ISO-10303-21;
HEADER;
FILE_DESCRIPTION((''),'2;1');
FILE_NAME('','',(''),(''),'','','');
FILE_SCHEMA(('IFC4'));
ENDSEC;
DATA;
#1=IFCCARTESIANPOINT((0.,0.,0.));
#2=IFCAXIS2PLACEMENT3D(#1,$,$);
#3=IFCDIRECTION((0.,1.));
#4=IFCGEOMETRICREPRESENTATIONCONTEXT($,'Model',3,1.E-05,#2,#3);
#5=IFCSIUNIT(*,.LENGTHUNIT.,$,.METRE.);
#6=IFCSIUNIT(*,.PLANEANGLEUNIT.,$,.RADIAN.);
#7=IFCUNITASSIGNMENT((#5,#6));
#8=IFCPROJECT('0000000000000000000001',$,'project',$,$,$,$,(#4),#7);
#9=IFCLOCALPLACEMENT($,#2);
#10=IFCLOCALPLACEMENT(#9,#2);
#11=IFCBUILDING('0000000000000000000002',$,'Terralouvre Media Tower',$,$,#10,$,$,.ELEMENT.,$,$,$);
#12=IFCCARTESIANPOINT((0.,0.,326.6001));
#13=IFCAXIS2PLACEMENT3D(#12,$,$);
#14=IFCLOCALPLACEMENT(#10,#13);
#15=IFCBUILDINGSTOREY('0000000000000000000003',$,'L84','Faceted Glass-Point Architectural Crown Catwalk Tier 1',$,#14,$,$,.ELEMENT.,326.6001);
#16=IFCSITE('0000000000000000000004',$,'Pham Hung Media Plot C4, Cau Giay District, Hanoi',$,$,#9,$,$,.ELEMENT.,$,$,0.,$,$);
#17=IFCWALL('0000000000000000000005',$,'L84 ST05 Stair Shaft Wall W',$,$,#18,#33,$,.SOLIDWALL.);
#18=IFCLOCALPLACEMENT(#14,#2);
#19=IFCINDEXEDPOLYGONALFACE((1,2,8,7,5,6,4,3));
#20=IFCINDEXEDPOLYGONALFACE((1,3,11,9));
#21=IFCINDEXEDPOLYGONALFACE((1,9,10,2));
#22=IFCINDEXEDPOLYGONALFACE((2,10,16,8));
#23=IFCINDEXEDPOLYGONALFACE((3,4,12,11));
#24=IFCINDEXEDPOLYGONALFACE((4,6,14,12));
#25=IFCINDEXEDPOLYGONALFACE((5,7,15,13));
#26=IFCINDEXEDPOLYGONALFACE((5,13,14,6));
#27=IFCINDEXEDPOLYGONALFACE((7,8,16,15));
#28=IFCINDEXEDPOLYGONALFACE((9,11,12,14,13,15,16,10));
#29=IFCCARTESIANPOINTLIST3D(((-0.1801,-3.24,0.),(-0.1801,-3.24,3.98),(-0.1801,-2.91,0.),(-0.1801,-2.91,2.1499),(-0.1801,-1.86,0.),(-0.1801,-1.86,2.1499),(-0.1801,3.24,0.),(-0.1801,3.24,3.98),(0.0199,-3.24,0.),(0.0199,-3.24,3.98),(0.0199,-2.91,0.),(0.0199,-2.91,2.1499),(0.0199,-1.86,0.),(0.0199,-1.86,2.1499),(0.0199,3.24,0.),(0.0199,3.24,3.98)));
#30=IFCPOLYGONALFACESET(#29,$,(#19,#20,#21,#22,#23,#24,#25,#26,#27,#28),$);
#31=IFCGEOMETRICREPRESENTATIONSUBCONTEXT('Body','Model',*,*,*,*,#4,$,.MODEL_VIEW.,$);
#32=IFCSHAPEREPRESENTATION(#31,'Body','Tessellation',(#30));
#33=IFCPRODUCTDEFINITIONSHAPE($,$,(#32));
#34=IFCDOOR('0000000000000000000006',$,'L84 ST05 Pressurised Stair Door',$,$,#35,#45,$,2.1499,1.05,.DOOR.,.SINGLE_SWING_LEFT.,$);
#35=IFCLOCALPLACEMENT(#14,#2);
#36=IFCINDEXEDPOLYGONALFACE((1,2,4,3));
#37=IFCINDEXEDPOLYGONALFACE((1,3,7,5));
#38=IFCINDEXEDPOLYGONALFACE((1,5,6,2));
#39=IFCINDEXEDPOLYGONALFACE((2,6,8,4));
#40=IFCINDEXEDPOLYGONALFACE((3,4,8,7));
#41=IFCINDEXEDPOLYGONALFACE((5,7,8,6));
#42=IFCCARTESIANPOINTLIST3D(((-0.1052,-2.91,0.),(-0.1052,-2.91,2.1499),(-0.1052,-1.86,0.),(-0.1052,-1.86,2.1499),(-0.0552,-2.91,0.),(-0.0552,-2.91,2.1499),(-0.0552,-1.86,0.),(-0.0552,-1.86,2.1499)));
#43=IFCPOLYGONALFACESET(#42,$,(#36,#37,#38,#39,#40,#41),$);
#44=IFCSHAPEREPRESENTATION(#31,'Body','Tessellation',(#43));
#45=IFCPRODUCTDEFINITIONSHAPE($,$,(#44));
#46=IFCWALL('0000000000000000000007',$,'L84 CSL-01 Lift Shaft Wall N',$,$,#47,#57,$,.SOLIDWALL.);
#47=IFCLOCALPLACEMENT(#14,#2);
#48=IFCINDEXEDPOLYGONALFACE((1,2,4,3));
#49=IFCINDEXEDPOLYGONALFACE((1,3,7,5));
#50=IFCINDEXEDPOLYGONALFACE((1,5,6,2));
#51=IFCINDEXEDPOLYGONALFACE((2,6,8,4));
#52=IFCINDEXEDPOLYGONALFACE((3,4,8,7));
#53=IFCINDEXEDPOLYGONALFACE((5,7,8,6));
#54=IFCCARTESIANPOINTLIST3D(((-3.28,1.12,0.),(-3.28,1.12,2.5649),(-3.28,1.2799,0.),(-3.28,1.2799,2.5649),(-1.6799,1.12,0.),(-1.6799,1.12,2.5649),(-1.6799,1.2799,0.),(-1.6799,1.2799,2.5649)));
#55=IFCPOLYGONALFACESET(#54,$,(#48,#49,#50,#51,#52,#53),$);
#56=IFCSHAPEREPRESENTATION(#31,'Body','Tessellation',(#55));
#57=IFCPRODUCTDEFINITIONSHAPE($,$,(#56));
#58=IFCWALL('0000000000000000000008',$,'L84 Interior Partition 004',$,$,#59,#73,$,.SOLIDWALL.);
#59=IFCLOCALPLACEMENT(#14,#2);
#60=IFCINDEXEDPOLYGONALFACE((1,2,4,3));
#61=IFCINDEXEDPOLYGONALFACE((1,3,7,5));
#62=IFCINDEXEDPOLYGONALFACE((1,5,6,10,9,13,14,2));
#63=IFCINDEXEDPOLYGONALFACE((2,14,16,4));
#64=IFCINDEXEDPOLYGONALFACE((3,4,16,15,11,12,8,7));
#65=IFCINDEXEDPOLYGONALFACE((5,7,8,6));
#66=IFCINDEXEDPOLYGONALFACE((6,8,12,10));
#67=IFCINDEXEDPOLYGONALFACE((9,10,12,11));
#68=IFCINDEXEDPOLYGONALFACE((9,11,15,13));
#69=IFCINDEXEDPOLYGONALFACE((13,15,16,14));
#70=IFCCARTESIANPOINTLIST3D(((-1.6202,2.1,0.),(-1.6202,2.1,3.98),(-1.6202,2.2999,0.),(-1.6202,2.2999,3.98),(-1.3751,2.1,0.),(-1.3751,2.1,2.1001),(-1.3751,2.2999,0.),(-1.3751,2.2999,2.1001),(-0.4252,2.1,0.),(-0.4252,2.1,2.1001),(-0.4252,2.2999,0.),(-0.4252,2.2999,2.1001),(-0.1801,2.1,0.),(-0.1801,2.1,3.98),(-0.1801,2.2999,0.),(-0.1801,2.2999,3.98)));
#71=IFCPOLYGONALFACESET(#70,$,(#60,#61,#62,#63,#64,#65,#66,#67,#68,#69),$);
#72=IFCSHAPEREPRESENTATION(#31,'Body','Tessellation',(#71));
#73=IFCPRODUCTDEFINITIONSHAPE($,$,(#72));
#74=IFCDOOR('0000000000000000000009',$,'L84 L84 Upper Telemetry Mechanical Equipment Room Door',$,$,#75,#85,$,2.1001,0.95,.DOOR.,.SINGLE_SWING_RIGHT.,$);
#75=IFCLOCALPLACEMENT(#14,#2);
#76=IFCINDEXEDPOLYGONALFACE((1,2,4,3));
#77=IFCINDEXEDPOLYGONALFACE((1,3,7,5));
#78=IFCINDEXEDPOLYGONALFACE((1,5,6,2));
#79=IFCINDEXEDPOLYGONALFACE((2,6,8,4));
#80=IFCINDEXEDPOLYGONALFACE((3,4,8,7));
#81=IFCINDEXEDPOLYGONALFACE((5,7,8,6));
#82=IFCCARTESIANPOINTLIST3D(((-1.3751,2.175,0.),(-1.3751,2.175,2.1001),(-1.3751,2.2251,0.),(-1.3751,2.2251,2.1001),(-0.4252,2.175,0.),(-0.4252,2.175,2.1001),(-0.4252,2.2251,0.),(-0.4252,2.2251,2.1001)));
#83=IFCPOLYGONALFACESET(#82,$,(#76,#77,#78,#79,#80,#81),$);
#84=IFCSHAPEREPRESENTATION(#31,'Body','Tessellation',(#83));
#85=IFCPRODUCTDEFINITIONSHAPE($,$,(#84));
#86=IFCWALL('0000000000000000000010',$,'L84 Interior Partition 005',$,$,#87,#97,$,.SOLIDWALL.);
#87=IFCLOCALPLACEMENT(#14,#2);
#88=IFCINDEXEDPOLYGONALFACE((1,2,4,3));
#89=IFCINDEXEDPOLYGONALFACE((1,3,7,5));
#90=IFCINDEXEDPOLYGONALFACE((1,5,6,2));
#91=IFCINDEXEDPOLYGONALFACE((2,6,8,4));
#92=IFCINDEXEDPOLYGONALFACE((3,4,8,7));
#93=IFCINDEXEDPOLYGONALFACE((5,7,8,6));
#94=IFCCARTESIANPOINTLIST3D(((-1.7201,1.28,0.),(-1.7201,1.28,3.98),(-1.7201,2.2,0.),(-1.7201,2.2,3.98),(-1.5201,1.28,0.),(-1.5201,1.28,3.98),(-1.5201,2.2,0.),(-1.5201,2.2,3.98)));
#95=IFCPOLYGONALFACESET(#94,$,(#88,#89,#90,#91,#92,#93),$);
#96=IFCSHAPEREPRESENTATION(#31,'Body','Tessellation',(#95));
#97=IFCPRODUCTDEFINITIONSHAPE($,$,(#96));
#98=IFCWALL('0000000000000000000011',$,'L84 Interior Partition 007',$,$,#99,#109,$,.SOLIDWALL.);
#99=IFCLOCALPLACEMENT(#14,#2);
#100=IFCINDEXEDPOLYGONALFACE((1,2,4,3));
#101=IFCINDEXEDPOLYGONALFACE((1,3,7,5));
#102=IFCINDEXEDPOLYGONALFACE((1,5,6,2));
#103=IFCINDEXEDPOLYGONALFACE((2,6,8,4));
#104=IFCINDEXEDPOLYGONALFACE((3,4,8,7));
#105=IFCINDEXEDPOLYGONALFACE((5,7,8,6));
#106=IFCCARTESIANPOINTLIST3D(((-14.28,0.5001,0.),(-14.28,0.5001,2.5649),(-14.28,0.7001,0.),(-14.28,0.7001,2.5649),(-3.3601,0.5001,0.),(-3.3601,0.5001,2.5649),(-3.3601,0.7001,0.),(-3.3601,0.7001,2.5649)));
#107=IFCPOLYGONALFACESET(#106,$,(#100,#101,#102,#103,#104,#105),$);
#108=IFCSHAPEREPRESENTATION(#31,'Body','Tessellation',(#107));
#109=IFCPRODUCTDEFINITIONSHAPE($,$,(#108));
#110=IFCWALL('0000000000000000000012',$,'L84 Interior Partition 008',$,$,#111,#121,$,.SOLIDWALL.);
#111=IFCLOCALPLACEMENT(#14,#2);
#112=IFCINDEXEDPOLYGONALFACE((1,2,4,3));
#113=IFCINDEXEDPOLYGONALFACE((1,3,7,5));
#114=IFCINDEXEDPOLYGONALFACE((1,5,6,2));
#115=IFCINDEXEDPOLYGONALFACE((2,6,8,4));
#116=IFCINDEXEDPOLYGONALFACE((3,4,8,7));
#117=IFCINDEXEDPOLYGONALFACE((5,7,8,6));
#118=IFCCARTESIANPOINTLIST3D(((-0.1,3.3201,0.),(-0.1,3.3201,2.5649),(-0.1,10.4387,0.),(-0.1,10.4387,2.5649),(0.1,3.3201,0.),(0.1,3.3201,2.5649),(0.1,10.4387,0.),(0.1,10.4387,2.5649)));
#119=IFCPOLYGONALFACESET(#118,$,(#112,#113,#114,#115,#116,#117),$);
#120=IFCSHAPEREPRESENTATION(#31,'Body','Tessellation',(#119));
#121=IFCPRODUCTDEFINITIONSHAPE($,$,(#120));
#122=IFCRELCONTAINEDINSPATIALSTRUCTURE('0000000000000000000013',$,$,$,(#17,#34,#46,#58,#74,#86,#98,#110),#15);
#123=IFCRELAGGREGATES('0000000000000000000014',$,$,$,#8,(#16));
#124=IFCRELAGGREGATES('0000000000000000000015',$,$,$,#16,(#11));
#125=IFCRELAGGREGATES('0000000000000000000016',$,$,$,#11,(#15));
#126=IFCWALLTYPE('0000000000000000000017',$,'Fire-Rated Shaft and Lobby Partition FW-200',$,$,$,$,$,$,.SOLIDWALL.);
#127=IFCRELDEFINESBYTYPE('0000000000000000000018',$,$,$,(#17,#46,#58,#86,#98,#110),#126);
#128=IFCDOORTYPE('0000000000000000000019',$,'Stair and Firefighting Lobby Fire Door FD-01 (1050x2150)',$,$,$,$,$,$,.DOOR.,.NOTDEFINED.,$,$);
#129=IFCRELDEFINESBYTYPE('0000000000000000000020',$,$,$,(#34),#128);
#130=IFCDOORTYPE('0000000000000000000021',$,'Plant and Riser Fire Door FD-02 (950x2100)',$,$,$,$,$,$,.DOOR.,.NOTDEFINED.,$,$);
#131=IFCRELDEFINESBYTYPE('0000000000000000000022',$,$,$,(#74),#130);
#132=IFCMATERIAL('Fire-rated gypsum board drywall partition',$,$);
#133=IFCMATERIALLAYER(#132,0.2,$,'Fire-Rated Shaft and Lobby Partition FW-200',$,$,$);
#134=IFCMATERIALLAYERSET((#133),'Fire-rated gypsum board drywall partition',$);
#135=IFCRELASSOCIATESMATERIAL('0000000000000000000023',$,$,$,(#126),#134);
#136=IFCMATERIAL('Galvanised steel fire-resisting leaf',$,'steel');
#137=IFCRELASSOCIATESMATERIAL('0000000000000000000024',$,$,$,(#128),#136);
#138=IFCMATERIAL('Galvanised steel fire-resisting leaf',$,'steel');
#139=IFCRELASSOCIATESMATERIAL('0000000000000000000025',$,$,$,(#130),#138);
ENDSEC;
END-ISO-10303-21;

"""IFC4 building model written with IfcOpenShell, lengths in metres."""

from ifc_helpers import new_model, si_unit, direction, frame, frame_2d, origin, place, context, subcontext, project, spatial, rectangle, extrude, material, layer, layer_set, type_object, element, fill, save


model = new_model("IFC4")

# Units and contexts
model_context = context("Model", 3, precision=1e-05, world=origin(), true_north=direction((0.0, 1.0)))
body_context = subcontext(model_context, "Body", "Model", "MODEL_VIEW")
ifc_project = project(units=[si_unit("LENGTHUNIT", "METRE"), si_unit("PLANEANGLEUNIT", "RADIAN")], contexts=[model_context])

# Site, building, storey
site_placement = place(None, origin())
site = spatial("IfcSite", under=ifc_project, at=site_placement, Name="Pham Hung Media Plot C4, Cau Giay District, Hanoi", CompositionType="ELEMENT", RefElevation=0.0)
building_placement = place(site_placement, origin())
building = spatial("IfcBuilding", under=site, at=building_placement, Name="Terralouvre Media Tower", CompositionType="ELEMENT")
storey_placement = place(building_placement, frame((0.0, 0.0, 326.6001)))
storey = spatial("IfcBuildingStorey", under=building, at=storey_placement, Name="L84", Description="Faceted Glass-Point Architectural Crown Catwalk Tier 1", CompositionType="ELEMENT", Elevation=326.6001)

# Wall, opening, door
ifc_material_1 = material(Name="Fire-rated gypsum board drywall partition")
ifc_layer_1 = layer(ifc_material_1, 0.2, Name="Fire-Rated Shaft and Lobby Partition FW-200")
ifc_layer_set_1 = layer_set([ifc_layer_1], Name="Fire-rated gypsum board drywall partition")
wall_type = type_object("IfcWallType", Name="Fire-Rated Shaft and Lobby Partition FW-200", PredefinedType="SOLIDWALL", material=ifc_layer_set_1)
wall_1_placement = place(storey_placement, frame((-0.0801, 3.24, 0.0), z_axis=(0.0, 0.0, 1.0), x_axis=(0.0, -1.0, 0.0)))
wall_1 = element("IfcWall", 1, at=wall_1_placement, inside=storey, type_object=wall_type, Name="L84 ST05 Stair Shaft Wall W", PredefinedType="SOLIDWALL", context=body_context, shape_type="SweptSolid", body=[
    extrude(rectangle(XDim=6.48, YDim=0.2, at=frame_2d((3.24, 0.0))), origin(), (0.0, 0.0, 1.0), 3.98),
])
opening_1_placement = place(wall_1_placement, frame((5.1001, 0.0, 0.0)))
opening_1 = element("IfcOpeningElement", 2, at=opening_1_placement, cuts=wall_1, PredefinedType="OPENING", context=body_context, shape_type="SweptSolid", body=[
    extrude(rectangle(XDim=1.05, YDim=2.1499, at=frame_2d((0.5249, 1.075))), frame((0.0, 0.1099, 0.0), z_axis=(0.0, -1.0, 0.0), x_axis=(1.0, 0.0, 0.0)), (0.0, 0.0, 1.0), 0.22),
])
ifc_material_2 = material(Name="Galvanised steel fire-resisting leaf", Category="steel")
door_type_1 = type_object("IfcDoorType", Name="Stair and Firefighting Lobby Fire Door FD-01 (1050x2150)", OperationType="NOTDEFINED", PredefinedType="DOOR", material=ifc_material_2)
door_1_placement = place(opening_1_placement, origin())
door_1 = element("IfcDoor", 3, at=door_1_placement, inside=storey, type_object=door_type_1, Name="L84 ST05 Pressurised Stair Door", OperationType="SINGLE_SWING_LEFT", OverallHeight=2.1499, OverallWidth=1.05, PredefinedType="DOOR", context=body_context, shape_type="SweptSolid", body=[
    extrude(rectangle(XDim=1.05, YDim=2.1499, at=frame_2d((0.5249, 1.075))), frame((0.0, 0.0249, 0.0), z_axis=(0.0, -1.0, 0.0), x_axis=(1.0, 0.0, 0.0)), (0.0, 0.0, 1.0), 0.05),
])
fill(opening_1, door_1)

# Wall
wall_2_placement = place(storey_placement, frame((-3.28, 1.2, 0.0), z_axis=(0.0, 0.0, 1.0), x_axis=(1.0, 0.0, 0.0)))
element("IfcWall", 4, at=wall_2_placement, inside=storey, type_object=wall_type, Name="L84 CSL-01 Lift Shaft Wall N", PredefinedType="SOLIDWALL", context=body_context, shape_type="SweptSolid", body=[
    extrude(rectangle(XDim=1.6001, YDim=0.1599, at=frame_2d((0.8, 0.0))), origin(), (0.0, 0.0, 1.0), 2.5649),
])

# Wall, opening, door
wall_3_placement = place(storey_placement, frame((-0.1799, 2.2, 0.0), z_axis=(0.0, 0.0, 1.0), x_axis=(-1.0, 0.0, 0.0)))
wall_3 = element("IfcWall", 5, at=wall_3_placement, inside=storey, type_object=wall_type, Name="L84 Interior Partition 004", PredefinedType="SOLIDWALL", context=body_context, shape_type="SweptSolid", body=[
    extrude(rectangle(XDim=1.4402, YDim=0.2, at=frame_2d((0.7202, 0.0))), origin(), (0.0, 0.0, 1.0), 3.98),
])
opening_2_placement = place(wall_3_placement, frame((0.2451, 0.0, 0.0)))
opening_2 = element("IfcOpeningElement", 6, at=opening_2_placement, cuts=wall_3, PredefinedType="OPENING", context=body_context, shape_type="SweptSolid", body=[
    extrude(rectangle(XDim=0.95, YDim=2.1001, at=frame_2d((0.4751, 1.05))), frame((0.0, 0.1099, 0.0), z_axis=(0.0, -1.0, 0.0), x_axis=(1.0, 0.0, 0.0)), (0.0, 0.0, 1.0), 0.22),
])
ifc_material_3 = material(Name="Galvanised steel fire-resisting leaf", Category="steel")
door_type_2 = type_object("IfcDoorType", Name="Plant and Riser Fire Door FD-02 (950x2100)", OperationType="NOTDEFINED", PredefinedType="DOOR", material=ifc_material_3)
door_2_placement = place(opening_2_placement, origin())
door_2 = element("IfcDoor", 7, at=door_2_placement, inside=storey, type_object=door_type_2, Name="L84 L84 Upper Telemetry Mechanical Equipment Room Door", OperationType="SINGLE_SWING_RIGHT", OverallHeight=2.1001, OverallWidth=0.95, PredefinedType="DOOR", context=body_context, shape_type="SweptSolid", body=[
    extrude(rectangle(XDim=0.95, YDim=2.1001, at=frame_2d((0.4751, 1.05))), frame((0.0, 0.0249, 0.0), z_axis=(0.0, -1.0, 0.0), x_axis=(1.0, 0.0, 0.0)), (0.0, 0.0, 1.0), 0.05),
])
fill(opening_2, door_2)

# Walls
wall_4_placement = place(storey_placement, frame((-1.6201, 2.2, 0.0), z_axis=(0.0, 0.0, 1.0), x_axis=(0.0, -1.0, 0.0)))
element("IfcWall", 8, at=wall_4_placement, inside=storey, type_object=wall_type, Name="L84 Interior Partition 005", PredefinedType="SOLIDWALL", context=body_context, shape_type="SweptSolid", body=[
    extrude(rectangle(XDim=0.9199, YDim=0.2, at=frame_2d((0.46, 0.0))), origin(), (0.0, 0.0, 1.0), 3.98),
])
wall_5_placement = place(storey_placement, frame((-3.3601, 0.6001, 0.0), z_axis=(0.0, 0.0, 1.0), x_axis=(-1.0, 0.0, 0.0)))
element("IfcWall", 9, at=wall_5_placement, inside=storey, type_object=wall_type, Name="L84 Interior Partition 007", PredefinedType="SOLIDWALL", context=body_context, shape_type="SweptSolid", body=[
    extrude(rectangle(XDim=10.9199, YDim=0.2, at=frame_2d((5.46, 0.0))), origin(), (0.0, 0.0, 1.0), 2.5649),
])
wall_6_placement = place(storey_placement, frame((0.0, 10.4387, 0.0), z_axis=(0.0, 0.0, 1.0), x_axis=(0.0, -1.0, 0.0)))
element("IfcWall", 10, at=wall_6_placement, inside=storey, type_object=wall_type, Name="L84 Interior Partition 008", PredefinedType="SOLIDWALL", context=body_context, shape_type="SweptSolid", body=[
    extrude(rectangle(XDim=7.1187, YDim=0.2, at=frame_2d((3.5593, 0.0))), origin(), (0.0, 0.0, 1.0), 2.5649),
])

save(model, "model.ifc")
